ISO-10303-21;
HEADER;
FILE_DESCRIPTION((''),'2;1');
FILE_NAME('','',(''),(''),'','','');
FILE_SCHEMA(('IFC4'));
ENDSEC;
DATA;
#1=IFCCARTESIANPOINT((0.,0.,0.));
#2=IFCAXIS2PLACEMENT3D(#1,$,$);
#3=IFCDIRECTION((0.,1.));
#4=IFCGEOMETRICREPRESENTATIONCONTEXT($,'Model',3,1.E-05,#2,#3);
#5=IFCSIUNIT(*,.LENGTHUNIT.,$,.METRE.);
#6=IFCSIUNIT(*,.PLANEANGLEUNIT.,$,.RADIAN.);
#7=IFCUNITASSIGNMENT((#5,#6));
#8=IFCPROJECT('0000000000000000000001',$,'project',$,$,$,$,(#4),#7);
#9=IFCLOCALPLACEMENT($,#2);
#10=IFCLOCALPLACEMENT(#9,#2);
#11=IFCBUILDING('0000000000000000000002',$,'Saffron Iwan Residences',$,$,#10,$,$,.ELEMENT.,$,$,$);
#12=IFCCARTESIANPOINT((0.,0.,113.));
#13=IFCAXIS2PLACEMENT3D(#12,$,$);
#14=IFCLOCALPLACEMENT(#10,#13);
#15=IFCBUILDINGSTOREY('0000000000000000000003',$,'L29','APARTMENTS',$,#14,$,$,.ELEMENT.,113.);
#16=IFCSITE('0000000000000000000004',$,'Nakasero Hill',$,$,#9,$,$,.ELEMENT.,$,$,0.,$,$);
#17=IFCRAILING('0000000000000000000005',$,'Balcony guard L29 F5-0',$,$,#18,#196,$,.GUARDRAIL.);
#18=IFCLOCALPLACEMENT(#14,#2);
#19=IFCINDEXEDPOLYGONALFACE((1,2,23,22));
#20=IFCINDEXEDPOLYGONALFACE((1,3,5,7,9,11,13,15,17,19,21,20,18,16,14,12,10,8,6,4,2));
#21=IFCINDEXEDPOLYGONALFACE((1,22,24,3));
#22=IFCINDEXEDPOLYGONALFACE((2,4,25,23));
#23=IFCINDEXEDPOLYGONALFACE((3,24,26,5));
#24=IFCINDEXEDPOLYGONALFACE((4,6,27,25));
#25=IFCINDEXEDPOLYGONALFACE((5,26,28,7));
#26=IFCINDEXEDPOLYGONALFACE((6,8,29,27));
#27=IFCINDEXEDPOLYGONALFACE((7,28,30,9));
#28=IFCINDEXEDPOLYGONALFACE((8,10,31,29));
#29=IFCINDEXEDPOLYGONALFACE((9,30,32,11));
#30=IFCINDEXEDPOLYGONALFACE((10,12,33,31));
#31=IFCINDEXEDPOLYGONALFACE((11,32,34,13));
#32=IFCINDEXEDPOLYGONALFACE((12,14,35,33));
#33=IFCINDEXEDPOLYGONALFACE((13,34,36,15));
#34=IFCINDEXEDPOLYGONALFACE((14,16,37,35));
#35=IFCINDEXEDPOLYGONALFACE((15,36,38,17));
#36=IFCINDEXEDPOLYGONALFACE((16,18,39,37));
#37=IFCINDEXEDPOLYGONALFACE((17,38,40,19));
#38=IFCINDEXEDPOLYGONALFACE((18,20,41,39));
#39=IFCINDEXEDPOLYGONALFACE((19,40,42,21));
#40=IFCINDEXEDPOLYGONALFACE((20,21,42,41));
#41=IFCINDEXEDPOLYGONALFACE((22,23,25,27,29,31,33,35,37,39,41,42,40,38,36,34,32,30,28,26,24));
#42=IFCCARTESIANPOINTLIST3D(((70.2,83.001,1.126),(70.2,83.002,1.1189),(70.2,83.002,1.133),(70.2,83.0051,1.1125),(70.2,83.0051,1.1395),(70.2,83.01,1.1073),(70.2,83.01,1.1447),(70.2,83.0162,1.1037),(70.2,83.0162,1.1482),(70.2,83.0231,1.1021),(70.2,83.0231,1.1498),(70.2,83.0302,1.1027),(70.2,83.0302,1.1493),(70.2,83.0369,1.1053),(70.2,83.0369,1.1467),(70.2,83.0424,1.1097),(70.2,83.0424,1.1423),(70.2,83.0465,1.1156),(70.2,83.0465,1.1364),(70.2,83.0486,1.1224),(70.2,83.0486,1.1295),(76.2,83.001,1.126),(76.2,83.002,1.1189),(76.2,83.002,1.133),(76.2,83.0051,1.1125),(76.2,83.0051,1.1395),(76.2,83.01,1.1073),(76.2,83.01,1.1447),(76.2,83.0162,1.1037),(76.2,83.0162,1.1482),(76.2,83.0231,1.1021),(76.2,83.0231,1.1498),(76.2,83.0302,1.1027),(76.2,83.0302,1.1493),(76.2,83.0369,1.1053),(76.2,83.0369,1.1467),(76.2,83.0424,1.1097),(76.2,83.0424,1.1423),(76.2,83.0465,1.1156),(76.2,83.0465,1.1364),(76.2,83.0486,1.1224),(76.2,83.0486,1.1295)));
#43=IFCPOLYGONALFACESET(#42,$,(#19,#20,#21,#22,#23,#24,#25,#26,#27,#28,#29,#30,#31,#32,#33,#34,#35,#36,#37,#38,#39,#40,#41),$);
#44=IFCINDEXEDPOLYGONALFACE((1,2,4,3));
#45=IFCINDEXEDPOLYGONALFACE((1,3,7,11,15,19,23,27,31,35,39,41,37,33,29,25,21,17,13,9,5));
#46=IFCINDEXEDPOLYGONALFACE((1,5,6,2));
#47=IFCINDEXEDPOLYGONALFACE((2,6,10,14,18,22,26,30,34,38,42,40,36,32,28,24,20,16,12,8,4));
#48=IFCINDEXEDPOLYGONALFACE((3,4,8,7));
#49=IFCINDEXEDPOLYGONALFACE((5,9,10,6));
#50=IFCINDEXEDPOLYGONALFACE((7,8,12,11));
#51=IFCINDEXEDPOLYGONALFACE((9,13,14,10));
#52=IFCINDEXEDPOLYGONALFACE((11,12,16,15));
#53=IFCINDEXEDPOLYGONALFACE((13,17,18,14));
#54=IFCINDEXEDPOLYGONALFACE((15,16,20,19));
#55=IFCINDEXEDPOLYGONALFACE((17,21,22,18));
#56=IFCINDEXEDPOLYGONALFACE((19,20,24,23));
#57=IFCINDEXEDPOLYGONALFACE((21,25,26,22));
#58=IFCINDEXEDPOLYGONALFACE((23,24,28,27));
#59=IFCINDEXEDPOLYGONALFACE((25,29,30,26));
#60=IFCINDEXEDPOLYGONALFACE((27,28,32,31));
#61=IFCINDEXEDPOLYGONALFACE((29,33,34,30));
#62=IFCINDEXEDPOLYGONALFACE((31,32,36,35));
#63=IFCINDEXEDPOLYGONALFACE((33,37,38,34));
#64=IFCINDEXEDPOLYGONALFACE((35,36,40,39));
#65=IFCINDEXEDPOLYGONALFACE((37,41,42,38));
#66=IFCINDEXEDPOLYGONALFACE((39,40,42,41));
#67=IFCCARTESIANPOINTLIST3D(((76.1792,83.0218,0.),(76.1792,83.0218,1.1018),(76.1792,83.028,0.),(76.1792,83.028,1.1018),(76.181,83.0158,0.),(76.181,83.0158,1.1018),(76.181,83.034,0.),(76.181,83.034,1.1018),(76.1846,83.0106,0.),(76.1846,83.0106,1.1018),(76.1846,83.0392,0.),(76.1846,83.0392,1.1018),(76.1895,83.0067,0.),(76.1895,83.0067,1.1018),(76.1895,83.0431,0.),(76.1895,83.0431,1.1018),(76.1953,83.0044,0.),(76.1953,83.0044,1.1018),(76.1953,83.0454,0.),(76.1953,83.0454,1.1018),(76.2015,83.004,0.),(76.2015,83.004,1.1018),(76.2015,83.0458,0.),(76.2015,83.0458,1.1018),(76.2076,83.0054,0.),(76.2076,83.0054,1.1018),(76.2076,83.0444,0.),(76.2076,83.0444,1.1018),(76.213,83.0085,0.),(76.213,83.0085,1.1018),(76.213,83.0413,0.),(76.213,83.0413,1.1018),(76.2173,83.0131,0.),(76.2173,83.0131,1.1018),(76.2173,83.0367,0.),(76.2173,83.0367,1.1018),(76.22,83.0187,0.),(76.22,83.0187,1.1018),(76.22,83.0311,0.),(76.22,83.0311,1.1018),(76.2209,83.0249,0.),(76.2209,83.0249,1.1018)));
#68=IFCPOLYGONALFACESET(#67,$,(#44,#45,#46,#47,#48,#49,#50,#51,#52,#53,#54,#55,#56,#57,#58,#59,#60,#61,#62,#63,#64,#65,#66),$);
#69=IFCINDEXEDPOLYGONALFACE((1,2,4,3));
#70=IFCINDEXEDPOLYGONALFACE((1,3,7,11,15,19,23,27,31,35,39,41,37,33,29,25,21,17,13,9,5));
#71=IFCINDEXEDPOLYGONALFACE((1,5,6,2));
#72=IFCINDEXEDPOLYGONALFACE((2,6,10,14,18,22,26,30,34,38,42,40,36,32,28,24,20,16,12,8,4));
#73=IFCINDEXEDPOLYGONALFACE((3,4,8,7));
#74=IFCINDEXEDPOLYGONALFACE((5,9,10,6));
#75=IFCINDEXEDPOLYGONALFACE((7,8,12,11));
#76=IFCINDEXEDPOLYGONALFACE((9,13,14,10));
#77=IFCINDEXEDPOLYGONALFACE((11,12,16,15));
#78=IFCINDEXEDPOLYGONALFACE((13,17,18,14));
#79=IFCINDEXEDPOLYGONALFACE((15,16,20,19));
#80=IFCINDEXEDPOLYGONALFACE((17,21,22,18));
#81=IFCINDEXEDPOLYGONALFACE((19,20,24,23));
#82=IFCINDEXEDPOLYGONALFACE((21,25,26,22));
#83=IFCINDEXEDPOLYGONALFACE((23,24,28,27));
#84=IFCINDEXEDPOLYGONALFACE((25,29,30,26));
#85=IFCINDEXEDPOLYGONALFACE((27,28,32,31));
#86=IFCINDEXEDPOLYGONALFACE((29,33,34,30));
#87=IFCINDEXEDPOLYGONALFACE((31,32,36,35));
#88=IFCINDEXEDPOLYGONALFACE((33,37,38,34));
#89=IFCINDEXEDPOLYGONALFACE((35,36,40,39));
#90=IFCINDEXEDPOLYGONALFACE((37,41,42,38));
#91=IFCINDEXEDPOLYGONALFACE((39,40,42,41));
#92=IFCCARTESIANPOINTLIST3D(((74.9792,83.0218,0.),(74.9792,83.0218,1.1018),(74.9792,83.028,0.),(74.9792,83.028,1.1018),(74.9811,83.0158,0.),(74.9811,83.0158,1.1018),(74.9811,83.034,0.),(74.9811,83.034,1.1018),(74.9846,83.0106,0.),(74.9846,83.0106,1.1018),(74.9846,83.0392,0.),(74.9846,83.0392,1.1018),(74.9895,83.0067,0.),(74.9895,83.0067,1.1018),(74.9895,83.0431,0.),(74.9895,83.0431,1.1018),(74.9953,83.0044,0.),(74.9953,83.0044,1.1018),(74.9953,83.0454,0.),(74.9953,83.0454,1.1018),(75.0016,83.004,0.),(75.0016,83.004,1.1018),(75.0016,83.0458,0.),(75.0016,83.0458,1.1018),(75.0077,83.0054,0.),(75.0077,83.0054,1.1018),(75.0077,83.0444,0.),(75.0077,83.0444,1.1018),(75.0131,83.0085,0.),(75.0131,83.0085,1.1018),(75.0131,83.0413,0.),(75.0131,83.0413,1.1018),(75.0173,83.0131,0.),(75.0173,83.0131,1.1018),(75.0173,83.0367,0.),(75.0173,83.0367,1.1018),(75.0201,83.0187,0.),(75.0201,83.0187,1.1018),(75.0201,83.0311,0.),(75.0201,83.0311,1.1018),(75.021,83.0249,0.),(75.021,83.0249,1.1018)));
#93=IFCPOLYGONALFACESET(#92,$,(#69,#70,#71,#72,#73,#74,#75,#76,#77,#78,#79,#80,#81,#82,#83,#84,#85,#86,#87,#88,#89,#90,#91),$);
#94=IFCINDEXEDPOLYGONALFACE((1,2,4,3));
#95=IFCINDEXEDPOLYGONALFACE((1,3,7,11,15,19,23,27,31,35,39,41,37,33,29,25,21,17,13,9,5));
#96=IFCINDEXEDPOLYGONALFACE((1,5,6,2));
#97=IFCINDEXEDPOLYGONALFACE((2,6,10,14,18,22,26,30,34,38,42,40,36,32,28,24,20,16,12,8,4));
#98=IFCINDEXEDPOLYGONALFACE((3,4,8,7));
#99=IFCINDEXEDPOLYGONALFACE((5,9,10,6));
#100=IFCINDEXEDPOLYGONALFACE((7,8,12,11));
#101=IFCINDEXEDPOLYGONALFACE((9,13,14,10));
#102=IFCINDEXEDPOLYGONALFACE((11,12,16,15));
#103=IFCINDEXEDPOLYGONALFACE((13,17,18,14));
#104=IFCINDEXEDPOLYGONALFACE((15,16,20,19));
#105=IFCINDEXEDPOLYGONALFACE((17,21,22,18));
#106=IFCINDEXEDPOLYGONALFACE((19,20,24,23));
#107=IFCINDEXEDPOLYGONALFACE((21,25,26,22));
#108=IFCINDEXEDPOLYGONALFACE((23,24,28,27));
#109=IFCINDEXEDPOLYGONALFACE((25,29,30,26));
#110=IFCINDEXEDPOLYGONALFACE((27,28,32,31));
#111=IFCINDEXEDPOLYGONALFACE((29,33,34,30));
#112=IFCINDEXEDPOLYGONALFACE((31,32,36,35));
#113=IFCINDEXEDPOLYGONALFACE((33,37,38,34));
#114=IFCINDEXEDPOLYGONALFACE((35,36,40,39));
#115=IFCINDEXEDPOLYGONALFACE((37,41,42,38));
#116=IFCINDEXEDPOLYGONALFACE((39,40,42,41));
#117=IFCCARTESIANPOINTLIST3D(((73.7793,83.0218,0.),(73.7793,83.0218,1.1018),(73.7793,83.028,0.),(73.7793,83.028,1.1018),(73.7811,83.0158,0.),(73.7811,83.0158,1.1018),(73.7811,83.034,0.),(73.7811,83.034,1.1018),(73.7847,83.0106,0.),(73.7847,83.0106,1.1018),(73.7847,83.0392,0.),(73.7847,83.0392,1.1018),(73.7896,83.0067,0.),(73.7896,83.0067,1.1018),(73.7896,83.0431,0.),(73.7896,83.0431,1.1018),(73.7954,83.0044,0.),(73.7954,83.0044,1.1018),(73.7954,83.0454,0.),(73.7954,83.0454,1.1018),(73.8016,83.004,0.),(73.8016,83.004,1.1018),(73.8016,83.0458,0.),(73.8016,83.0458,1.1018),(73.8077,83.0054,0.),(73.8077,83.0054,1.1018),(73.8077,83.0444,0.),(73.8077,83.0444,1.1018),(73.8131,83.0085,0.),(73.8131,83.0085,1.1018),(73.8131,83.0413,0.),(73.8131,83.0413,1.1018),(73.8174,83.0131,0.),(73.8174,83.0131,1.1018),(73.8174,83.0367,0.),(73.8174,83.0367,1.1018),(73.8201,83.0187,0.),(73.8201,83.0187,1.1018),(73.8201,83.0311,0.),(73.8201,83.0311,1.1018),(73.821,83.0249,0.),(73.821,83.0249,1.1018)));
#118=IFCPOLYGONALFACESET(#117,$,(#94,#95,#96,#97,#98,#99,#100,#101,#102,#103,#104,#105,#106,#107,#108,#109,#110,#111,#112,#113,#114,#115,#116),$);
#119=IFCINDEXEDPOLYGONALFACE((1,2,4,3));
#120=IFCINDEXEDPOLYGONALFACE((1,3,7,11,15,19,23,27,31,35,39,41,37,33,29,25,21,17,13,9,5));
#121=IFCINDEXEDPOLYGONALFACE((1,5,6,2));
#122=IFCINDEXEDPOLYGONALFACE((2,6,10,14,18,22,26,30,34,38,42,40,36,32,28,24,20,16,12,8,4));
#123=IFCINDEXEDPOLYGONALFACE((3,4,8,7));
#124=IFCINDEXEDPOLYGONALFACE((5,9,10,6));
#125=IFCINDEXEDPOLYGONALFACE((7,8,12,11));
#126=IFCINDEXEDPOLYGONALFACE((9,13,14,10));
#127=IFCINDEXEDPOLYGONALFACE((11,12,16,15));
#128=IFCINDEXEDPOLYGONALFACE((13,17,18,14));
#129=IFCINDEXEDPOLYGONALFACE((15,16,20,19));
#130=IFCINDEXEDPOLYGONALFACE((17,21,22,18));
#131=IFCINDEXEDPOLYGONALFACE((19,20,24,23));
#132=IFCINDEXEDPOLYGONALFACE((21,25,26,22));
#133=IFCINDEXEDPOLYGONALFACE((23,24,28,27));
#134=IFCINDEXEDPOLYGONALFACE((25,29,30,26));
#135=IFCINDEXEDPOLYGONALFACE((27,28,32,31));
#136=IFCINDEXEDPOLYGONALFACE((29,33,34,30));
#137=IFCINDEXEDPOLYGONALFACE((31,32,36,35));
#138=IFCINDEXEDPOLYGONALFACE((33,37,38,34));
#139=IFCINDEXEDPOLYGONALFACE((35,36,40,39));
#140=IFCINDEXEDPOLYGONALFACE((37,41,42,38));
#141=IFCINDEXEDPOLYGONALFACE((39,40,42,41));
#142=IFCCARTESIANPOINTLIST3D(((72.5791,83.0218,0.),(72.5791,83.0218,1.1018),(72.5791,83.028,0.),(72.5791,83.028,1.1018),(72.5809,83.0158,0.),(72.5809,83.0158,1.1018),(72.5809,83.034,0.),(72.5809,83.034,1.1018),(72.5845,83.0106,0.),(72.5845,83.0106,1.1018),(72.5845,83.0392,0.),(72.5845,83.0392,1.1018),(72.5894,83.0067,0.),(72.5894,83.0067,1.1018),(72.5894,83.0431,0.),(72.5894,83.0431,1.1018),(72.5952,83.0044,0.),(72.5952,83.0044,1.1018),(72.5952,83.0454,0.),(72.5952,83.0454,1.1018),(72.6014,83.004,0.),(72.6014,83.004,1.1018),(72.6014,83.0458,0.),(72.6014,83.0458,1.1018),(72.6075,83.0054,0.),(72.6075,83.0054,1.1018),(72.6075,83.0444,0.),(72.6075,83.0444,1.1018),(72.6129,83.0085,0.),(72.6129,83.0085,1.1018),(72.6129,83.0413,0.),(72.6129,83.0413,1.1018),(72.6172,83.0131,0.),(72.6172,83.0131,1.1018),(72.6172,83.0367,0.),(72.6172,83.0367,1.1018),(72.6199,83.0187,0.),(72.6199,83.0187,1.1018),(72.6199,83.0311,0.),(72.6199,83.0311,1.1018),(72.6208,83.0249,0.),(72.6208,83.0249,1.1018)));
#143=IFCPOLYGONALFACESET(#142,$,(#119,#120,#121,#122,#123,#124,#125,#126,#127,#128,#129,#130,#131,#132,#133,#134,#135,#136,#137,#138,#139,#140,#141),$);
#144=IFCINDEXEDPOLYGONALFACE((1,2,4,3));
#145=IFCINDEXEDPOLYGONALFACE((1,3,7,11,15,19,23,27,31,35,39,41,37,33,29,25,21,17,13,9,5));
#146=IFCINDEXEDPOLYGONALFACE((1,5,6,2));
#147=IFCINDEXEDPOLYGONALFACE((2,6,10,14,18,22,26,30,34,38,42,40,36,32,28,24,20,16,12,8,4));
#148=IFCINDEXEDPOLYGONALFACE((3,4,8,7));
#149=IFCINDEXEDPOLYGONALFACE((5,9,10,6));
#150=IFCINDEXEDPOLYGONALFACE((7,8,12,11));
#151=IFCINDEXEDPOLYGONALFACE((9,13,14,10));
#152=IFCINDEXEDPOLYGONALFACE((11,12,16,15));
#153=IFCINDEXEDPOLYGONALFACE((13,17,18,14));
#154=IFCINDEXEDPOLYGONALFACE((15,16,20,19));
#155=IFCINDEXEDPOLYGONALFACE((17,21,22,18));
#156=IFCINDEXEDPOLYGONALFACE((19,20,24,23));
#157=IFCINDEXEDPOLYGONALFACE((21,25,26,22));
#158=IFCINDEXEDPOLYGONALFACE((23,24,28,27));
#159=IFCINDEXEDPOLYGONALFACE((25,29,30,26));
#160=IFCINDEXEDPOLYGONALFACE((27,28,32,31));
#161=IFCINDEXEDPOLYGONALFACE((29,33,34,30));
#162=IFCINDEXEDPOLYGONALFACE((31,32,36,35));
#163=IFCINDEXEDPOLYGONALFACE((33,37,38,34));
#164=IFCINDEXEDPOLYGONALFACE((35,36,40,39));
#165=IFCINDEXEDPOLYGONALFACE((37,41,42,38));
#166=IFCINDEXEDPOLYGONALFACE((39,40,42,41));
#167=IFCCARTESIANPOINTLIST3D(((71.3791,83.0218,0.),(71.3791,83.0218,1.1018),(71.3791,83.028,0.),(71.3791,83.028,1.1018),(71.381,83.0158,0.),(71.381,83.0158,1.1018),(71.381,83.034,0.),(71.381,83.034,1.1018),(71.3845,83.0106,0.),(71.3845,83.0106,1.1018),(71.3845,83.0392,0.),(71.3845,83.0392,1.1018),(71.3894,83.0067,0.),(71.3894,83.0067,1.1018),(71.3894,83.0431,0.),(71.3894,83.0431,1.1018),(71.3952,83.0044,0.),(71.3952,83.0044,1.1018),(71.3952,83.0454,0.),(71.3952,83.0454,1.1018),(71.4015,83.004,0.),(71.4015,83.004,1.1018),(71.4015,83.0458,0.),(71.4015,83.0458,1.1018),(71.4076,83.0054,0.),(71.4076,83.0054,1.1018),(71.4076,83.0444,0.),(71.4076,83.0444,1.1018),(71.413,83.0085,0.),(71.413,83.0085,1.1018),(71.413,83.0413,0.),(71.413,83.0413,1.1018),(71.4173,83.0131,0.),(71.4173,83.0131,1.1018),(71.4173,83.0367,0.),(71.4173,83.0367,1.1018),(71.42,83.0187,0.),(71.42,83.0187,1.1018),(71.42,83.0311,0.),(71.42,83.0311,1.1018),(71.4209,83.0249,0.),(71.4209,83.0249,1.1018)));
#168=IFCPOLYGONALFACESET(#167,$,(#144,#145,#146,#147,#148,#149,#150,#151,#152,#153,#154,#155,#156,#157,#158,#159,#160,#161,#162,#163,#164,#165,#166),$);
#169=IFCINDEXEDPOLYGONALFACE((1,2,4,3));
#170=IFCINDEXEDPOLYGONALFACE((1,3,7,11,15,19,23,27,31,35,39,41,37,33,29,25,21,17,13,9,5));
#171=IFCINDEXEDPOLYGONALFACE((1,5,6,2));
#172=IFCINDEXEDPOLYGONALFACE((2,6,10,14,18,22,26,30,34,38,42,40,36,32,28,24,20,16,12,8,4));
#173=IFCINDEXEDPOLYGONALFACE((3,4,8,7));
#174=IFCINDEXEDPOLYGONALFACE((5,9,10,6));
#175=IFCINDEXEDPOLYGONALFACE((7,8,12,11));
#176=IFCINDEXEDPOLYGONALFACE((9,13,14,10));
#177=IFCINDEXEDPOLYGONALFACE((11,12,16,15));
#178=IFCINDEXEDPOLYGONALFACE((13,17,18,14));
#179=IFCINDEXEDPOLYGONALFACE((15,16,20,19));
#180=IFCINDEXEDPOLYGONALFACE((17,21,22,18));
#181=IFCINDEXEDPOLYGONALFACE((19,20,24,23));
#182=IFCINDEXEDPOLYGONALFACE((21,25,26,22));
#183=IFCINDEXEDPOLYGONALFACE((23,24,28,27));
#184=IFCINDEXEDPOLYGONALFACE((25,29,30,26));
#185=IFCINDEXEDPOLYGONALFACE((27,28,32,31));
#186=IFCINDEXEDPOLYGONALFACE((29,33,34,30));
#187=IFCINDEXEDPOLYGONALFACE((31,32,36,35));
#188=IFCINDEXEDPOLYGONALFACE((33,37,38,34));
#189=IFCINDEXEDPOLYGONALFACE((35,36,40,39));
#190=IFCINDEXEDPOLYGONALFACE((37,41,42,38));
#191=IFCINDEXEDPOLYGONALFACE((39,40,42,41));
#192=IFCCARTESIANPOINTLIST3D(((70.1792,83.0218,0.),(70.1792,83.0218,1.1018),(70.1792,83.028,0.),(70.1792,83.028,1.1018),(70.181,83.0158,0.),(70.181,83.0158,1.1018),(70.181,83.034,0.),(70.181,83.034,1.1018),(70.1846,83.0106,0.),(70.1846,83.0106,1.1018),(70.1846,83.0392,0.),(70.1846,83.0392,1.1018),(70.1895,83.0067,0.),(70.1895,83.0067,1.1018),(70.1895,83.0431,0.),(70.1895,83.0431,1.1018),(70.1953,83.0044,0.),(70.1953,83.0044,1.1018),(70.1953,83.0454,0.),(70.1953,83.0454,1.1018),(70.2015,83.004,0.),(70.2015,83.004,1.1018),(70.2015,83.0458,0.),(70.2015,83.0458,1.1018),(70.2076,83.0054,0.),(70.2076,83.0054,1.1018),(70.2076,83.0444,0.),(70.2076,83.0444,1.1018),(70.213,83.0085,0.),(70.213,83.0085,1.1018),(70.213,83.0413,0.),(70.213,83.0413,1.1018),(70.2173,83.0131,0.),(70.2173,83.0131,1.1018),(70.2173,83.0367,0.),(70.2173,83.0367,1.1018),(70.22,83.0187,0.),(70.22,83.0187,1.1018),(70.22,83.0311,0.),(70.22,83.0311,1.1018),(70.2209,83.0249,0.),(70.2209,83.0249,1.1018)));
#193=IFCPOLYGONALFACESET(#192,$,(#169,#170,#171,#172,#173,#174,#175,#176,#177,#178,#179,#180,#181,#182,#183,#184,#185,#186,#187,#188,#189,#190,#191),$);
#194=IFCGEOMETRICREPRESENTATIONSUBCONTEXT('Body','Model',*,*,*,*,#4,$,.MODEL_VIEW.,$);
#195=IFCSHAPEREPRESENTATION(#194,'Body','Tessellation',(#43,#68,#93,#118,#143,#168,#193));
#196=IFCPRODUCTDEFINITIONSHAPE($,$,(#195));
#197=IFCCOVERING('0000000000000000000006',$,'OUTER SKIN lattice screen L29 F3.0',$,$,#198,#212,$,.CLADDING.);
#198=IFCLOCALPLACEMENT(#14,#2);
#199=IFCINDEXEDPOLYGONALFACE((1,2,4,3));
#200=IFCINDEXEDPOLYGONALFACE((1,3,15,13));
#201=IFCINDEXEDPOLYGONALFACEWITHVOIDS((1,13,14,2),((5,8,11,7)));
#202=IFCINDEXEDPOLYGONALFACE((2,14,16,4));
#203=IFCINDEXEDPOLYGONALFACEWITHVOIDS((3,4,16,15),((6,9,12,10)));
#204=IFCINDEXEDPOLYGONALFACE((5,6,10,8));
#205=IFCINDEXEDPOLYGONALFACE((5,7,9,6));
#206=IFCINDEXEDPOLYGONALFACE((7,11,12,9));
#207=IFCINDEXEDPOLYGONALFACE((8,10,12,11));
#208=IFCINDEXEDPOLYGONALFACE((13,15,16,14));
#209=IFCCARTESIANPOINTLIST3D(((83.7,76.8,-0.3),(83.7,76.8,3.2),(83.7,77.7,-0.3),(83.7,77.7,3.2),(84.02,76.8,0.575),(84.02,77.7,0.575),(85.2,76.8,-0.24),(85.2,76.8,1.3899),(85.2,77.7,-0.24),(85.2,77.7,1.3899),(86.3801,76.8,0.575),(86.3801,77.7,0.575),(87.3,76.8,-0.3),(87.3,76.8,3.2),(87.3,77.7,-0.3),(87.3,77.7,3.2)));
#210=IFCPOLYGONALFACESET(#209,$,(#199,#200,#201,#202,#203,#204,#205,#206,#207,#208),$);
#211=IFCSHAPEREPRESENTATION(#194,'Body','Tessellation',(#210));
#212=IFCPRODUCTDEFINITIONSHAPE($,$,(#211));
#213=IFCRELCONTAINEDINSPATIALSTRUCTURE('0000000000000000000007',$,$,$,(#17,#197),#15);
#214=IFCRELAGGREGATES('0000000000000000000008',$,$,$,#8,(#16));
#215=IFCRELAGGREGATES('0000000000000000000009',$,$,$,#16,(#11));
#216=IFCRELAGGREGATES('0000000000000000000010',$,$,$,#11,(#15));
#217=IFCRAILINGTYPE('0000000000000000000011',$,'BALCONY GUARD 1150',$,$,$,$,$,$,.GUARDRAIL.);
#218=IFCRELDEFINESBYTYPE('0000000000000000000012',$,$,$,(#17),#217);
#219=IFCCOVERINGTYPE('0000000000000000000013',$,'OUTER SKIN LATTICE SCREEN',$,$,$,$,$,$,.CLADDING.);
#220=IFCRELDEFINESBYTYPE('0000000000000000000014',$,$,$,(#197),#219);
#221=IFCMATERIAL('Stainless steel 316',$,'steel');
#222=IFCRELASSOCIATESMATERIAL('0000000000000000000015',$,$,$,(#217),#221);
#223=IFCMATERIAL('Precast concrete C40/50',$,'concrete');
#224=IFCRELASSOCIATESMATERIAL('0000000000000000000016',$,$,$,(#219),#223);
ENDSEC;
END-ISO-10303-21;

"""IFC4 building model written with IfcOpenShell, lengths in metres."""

from ifc_helpers import new_model, si_unit, direction, frame, origin, origin_2d, place, context, subcontext, project, spatial, polyline, circle, outline, extrude, material, type_object, element, save


model = new_model("IFC4")

# Units and contexts
model_context = context("Model", 3, precision=1e-05, world=origin(), true_north=direction((0.0, 1.0)))
body_context = subcontext(model_context, "Body", "Model", "MODEL_VIEW")
ifc_project = project(units=[si_unit("LENGTHUNIT", "METRE"), si_unit("PLANEANGLEUNIT", "RADIAN")], contexts=[model_context])

# Site, building, storey
site_placement = place(None, origin())
site = spatial("IfcSite", under=ifc_project, at=site_placement, Name="Nakasero Hill", CompositionType="ELEMENT", RefElevation=0.0)
building_placement = place(site_placement, origin())
building = spatial("IfcBuilding", under=site, at=building_placement, Name="Saffron Iwan Residences", CompositionType="ELEMENT")
storey_placement = place(building_placement, frame((0.0, 0.0, 113.0)))
storey = spatial("IfcBuildingStorey", under=building, at=storey_placement, Name="L29", Description="APARTMENTS", CompositionType="ELEMENT", Elevation=113.0)

# Railing
ifc_material_1 = material(Name="Stainless steel 316", Category="steel")
railing_type = type_object("IfcRailingType", Name="BALCONY GUARD 1150", PredefinedType="GUARDRAIL", material=ifc_material_1)
railing_placement = place(storey_placement, frame((76.2, 83.0249, 0.0)))
element("IfcRailing", 1, at=railing_placement, inside=storey, type_object=railing_type, Name="Balcony guard L29 F5-0", PredefinedType="GUARDRAIL", context=body_context, shape_type="SweptSolid", body=[
    extrude(circle(Radius=0.0239, at=origin_2d()), frame((0.0, 0.0, 1.126), z_axis=(-1.0, 0.0, 0.0), x_axis=(0.0, -1.0, 0.0)), (0.0, 0.0, 1.0), 6.0),
    extrude(circle(Radius=0.021, at=origin_2d()), origin(), (0.0, 0.0, 1.0), 1.1018),
    extrude(circle(Radius=0.021, at=origin_2d()), frame((-1.2, 0.0, 0.0)), (0.0, 0.0, 1.0), 1.1018),
    extrude(circle(Radius=0.021, at=origin_2d()), frame((-2.3999, 0.0, 0.0)), (0.0, 0.0, 1.0), 1.1018),
    extrude(circle(Radius=0.021, at=origin_2d()), frame((-3.6001, 0.0, 0.0)), (0.0, 0.0, 1.0), 1.1018),
    extrude(circle(Radius=0.021, at=origin_2d()), frame((-4.8, 0.0, 0.0)), (0.0, 0.0, 1.0), 1.1018),
    extrude(circle(Radius=0.021, at=origin_2d()), frame((-6.0, 0.0, 0.0)), (0.0, 0.0, 1.0), 1.1018),
])

# Covering
ifc_material_2 = material(Name="Precast concrete C40/50", Category="concrete")
covering_type = type_object("IfcCoveringType", Name="OUTER SKIN LATTICE SCREEN", PredefinedType="CLADDING", material=ifc_material_2)
for number, where, z_axis, x_axis, name in (
    (2, (87.3, 76.8, -0.3), (0.0, 1.0, 0.0), (-1.0, 0.0, 0.0), "OUTER SKIN lattice screen L29 F3.0"),
):
    element("IfcCovering", number, at=place(storey_placement, frame(where, z_axis=z_axis, x_axis=x_axis)), inside=storey, type_object=covering_type, Name=name, PredefinedType="CLADDING", context=body_context, shape_type="SweptSolid", body=[
        extrude(outline(polyline([(0.0, 0.0), (3.6001, 0.0), (3.6001, 3.5), (0.0, 3.5), (0.0, 0.0)]), holes=[polyline([(0.9199, 0.875), (2.1001, 0.0601), (3.28, 0.875), (2.1001, 1.6899), (0.9199, 0.875)])]), origin(), (0.0, 0.0, 1.0), 0.8999),
    ])

save(model, "model.ifc")
